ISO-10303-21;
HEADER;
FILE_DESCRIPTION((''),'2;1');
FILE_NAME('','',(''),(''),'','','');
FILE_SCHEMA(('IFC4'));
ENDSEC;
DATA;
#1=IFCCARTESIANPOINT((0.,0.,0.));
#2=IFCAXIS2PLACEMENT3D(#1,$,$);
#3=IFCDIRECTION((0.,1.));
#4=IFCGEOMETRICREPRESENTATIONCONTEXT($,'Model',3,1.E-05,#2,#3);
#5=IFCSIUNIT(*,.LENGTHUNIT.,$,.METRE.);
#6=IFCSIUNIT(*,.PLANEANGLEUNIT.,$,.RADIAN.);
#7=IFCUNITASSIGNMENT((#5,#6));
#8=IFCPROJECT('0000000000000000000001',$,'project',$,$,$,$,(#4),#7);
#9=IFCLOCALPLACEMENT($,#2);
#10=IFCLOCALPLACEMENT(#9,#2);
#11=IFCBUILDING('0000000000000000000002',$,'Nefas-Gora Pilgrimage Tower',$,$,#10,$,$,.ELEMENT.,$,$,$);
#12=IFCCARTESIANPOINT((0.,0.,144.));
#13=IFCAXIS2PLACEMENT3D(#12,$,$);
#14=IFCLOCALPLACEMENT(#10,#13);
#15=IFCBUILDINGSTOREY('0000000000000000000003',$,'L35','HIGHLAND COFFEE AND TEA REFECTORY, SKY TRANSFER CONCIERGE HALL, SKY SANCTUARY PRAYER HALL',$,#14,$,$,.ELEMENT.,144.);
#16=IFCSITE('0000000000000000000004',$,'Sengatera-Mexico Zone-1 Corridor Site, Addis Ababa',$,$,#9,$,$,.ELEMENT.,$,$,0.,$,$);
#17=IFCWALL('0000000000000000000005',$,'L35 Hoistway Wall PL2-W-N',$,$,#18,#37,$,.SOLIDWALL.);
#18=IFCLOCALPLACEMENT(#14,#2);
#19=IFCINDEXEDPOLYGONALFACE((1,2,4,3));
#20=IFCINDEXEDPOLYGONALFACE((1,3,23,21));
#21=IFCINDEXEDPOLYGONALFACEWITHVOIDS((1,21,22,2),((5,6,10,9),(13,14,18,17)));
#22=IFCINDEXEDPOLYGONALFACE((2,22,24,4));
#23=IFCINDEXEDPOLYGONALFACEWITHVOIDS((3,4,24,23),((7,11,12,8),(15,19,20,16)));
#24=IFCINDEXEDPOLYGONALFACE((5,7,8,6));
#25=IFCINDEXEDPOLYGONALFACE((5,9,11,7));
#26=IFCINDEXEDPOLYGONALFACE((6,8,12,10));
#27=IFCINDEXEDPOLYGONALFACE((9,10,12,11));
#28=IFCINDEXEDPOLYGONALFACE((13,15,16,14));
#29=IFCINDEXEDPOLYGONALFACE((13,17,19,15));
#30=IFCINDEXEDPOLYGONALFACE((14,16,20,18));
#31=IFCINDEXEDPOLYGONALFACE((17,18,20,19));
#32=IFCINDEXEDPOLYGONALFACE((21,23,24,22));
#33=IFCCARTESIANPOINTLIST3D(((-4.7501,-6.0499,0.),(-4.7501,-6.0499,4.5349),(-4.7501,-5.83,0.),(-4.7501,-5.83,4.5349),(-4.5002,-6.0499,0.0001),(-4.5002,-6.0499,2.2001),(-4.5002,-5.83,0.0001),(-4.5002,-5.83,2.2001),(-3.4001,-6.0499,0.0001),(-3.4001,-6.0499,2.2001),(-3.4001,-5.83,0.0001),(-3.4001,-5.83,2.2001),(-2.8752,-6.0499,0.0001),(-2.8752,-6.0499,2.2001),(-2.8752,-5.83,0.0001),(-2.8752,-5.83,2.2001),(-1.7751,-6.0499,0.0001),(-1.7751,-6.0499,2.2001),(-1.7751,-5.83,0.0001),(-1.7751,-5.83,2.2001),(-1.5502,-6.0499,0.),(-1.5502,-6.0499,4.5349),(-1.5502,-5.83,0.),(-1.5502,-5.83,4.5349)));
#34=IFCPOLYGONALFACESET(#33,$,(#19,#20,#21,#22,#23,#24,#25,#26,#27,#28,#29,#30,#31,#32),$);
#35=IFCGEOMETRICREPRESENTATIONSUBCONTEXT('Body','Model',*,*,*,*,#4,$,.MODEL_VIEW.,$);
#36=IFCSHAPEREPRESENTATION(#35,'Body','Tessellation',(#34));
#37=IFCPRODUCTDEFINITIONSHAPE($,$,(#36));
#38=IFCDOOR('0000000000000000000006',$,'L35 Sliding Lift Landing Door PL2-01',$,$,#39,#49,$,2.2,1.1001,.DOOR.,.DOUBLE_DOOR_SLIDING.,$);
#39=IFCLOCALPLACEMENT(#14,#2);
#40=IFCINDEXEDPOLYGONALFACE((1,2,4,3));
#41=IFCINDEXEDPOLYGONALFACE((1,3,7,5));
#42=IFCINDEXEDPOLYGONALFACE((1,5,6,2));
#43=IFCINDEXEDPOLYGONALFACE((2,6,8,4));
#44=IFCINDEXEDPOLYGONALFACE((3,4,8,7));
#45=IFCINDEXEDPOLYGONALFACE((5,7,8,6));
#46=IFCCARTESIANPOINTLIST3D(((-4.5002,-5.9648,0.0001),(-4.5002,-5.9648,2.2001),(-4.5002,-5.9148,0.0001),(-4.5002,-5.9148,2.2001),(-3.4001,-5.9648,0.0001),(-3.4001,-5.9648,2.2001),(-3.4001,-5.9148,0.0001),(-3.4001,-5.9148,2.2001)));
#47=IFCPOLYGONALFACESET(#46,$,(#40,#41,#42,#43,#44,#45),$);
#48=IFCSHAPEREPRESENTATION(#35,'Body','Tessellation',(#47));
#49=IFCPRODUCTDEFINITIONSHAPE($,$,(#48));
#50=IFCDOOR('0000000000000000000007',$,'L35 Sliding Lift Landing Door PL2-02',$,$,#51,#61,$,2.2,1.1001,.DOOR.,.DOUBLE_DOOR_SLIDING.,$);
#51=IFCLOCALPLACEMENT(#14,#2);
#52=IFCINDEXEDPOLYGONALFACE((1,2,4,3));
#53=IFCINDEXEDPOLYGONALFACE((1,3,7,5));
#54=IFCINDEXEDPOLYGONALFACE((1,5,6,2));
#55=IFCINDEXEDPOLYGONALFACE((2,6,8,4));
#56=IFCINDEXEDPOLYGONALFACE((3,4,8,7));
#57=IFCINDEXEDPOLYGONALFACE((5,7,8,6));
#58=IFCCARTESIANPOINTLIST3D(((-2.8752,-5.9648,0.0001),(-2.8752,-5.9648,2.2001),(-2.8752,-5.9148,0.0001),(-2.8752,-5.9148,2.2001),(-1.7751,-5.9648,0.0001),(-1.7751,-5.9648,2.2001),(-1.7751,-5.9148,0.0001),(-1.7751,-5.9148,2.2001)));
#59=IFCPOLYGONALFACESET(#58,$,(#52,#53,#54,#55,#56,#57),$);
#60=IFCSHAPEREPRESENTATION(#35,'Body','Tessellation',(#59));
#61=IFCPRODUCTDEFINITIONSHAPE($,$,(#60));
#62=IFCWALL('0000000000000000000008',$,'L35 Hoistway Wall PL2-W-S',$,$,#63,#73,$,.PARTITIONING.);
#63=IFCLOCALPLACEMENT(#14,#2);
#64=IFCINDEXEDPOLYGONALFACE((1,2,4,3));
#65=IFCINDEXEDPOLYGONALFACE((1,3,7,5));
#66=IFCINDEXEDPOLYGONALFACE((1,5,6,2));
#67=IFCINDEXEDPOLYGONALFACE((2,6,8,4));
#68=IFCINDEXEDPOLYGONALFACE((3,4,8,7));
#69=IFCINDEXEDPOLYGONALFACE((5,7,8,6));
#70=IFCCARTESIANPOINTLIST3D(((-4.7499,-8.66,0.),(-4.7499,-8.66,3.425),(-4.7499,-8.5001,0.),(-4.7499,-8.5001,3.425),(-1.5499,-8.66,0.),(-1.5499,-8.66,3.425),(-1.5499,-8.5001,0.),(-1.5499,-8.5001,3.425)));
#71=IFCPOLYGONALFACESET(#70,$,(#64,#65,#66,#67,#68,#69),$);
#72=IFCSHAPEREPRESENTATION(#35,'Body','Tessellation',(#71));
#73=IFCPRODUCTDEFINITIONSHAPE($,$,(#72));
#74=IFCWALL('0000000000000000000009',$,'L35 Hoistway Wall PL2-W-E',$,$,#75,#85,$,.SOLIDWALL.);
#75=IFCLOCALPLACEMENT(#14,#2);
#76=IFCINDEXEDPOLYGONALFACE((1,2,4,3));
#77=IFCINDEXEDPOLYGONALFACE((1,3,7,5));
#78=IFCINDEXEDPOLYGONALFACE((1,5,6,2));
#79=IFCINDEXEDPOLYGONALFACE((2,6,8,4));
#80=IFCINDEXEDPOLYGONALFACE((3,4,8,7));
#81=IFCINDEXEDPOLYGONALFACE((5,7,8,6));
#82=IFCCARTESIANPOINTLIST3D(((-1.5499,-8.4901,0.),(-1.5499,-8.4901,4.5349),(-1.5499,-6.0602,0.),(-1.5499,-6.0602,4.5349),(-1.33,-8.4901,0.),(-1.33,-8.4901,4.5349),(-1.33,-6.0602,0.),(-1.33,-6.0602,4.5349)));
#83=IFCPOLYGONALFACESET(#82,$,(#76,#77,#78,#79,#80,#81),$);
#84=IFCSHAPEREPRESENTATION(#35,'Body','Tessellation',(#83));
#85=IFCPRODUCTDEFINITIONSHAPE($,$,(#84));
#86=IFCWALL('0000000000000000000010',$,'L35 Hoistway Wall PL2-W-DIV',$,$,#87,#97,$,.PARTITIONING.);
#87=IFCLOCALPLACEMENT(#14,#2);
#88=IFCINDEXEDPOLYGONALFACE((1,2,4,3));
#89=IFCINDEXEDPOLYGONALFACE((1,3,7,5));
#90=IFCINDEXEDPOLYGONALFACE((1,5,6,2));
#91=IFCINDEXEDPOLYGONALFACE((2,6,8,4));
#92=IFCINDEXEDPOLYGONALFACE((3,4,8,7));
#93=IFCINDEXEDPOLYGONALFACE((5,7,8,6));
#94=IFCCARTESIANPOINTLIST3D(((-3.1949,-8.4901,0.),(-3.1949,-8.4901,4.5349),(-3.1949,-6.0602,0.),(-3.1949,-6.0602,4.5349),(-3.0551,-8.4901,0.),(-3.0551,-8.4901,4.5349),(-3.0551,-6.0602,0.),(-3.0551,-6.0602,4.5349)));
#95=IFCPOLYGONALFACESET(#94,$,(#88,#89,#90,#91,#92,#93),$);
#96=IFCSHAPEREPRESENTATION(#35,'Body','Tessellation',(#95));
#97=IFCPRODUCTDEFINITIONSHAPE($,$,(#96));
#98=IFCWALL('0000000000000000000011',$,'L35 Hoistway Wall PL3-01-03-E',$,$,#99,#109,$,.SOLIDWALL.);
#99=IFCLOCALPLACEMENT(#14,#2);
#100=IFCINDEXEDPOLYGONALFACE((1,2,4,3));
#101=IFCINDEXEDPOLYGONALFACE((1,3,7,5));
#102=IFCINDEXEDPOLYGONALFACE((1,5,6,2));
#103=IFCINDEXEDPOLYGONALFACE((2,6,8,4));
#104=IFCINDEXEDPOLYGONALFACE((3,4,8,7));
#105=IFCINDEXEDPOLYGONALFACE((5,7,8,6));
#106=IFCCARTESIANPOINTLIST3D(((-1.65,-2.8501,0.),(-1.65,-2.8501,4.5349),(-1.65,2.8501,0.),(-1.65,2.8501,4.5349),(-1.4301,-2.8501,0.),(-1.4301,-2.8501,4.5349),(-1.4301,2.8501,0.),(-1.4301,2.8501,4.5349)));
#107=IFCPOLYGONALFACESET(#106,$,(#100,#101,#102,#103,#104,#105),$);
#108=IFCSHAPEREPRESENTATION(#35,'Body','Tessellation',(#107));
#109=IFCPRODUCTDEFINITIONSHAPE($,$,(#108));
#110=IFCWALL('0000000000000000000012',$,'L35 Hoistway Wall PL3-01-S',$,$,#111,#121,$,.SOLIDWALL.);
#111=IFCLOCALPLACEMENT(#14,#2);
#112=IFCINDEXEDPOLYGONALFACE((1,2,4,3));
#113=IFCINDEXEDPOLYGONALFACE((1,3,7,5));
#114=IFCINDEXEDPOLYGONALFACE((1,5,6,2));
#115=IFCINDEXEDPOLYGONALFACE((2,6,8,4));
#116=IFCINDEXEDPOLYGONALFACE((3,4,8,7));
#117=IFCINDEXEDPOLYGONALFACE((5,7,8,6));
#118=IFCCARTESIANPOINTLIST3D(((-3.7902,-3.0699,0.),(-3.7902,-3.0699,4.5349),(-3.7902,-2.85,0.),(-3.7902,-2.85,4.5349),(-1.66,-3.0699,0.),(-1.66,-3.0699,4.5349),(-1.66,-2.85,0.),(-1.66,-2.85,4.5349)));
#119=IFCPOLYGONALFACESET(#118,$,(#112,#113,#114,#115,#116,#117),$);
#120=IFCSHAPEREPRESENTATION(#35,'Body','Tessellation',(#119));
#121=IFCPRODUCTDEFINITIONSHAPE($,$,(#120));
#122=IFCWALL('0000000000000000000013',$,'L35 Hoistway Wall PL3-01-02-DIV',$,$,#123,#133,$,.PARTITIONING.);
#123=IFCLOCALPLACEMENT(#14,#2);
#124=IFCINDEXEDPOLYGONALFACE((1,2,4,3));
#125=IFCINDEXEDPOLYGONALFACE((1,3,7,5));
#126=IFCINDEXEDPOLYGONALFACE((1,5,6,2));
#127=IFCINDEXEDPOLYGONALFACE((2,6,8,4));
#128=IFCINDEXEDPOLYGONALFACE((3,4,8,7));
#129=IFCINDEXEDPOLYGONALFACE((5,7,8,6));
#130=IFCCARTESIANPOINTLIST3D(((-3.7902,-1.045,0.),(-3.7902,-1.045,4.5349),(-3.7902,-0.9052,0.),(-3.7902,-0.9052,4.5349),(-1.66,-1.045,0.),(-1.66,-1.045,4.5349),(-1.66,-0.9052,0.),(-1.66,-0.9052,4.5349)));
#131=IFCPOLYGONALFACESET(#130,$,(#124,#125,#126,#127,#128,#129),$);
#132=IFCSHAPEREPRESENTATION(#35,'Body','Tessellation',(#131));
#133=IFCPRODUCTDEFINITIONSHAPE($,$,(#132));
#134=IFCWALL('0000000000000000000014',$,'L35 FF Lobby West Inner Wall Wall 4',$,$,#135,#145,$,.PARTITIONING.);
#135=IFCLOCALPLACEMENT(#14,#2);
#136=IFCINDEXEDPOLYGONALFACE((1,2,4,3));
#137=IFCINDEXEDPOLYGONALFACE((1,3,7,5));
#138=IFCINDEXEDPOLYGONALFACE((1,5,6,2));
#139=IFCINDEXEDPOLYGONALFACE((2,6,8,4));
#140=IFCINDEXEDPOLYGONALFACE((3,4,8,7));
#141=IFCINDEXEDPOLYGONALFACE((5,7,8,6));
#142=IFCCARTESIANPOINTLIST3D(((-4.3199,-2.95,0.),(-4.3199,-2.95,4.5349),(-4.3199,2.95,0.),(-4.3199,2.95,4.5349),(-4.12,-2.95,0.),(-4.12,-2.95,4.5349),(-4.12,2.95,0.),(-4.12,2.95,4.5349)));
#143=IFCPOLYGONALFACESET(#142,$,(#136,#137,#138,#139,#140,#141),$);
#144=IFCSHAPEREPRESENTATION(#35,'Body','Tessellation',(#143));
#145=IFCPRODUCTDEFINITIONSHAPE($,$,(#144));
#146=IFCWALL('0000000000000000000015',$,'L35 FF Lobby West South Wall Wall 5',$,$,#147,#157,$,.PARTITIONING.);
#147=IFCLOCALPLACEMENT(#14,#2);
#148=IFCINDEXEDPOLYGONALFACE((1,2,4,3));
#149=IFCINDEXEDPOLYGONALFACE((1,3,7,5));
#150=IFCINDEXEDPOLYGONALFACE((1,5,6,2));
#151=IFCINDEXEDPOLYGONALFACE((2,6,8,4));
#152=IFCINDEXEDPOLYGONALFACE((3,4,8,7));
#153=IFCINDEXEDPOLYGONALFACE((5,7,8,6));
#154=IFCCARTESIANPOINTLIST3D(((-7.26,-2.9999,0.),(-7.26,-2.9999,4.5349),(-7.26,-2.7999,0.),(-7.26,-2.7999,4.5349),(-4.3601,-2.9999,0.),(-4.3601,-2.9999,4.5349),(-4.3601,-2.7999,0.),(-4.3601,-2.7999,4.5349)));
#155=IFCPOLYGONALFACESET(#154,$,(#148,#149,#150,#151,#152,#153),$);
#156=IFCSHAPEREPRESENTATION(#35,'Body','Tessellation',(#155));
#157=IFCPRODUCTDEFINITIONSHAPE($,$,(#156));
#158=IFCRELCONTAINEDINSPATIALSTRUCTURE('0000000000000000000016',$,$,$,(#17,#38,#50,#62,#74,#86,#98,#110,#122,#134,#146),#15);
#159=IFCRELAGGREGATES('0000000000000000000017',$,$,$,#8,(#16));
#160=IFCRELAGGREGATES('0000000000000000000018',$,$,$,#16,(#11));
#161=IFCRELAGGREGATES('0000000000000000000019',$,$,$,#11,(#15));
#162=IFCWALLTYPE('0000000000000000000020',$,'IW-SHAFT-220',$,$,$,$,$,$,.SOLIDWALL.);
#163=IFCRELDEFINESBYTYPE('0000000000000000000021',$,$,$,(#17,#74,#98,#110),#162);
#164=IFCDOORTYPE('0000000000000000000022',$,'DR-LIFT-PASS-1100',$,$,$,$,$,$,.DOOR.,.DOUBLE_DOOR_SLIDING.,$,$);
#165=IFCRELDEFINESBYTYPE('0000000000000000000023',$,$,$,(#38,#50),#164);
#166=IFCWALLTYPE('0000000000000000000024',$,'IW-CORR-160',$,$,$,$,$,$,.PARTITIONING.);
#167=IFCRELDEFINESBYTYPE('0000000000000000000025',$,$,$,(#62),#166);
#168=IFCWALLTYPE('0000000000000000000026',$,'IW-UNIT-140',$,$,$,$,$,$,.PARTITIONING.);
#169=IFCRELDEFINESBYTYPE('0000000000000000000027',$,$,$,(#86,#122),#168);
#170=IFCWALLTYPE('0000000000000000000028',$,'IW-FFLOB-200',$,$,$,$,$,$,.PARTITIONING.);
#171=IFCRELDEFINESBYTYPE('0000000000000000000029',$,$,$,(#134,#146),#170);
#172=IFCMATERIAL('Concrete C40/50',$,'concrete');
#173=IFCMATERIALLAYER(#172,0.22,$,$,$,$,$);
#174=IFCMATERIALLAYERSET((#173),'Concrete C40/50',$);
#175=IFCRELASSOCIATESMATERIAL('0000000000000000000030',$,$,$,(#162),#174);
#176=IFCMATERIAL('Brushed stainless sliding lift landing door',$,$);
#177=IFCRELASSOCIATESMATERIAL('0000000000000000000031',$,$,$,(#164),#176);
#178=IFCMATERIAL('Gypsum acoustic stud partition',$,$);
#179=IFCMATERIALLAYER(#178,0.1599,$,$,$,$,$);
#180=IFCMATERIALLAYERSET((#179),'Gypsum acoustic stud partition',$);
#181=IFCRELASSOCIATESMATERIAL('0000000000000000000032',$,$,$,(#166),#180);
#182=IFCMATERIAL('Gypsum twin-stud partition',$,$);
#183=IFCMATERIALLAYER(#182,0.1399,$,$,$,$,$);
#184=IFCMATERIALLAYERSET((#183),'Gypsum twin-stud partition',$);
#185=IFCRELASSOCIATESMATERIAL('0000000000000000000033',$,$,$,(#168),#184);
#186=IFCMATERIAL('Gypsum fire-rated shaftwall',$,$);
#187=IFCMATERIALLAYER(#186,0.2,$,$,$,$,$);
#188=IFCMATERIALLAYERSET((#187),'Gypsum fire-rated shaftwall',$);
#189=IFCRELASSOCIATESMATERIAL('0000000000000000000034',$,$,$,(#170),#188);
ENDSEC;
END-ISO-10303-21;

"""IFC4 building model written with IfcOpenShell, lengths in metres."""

from ifc_helpers import new_model, si_unit, direction, frame, frame_2d, origin, place, context, subcontext, project, spatial, rectangle, extrude, source, transform, mapped, material, layer, layer_set, type_object, element, fill, save


model = new_model("IFC4")

# Units and contexts
model_context = context("Model", 3, precision=1e-05, world=origin(), true_north=direction((0.0, 1.0)))
body_context = subcontext(model_context, "Body", "Model", "MODEL_VIEW")
ifc_project = project(units=[si_unit("LENGTHUNIT", "METRE"), si_unit("PLANEANGLEUNIT", "RADIAN")], contexts=[model_context])

# Site, building, storey
site_placement = place(None, origin())
site = spatial("IfcSite", under=ifc_project, at=site_placement, Name="Sengatera-Mexico Zone-1 Corridor Site, Addis Ababa", CompositionType="ELEMENT", RefElevation=0.0)
building_placement = place(site_placement, origin())
building = spatial("IfcBuilding", under=site, at=building_placement, Name="Nefas-Gora Pilgrimage Tower", CompositionType="ELEMENT")
storey_placement = place(building_placement, frame((0.0, 0.0, 144.0)))
storey = spatial("IfcBuildingStorey", under=building, at=storey_placement, Name="L35", Description="HIGHLAND COFFEE AND TEA REFECTORY, SKY TRANSFER CONCIERGE HALL, SKY SANCTUARY PRAYER HALL", CompositionType="ELEMENT", Elevation=144.0)

# Wall, openings, doors
ifc_material_1 = material(Name="Concrete C40/50", Category="concrete")
ifc_layer_1 = layer(ifc_material_1, 0.22)
ifc_layer_set_1 = layer_set([ifc_layer_1], Name="Concrete C40/50")
wall_type_1 = type_object("IfcWallType", Name="IW-SHAFT-220", PredefinedType="SOLIDWALL", material=ifc_layer_set_1)
shared_shape_1 = source(origin(), body_context, "Body", "SweptSolid", [
    extrude(rectangle(XDim=3.2, YDim=0.22, at=frame_2d((1.6001, 0.0))), origin(), (0.0, 0.0, 1.0), 4.5349),
])
wall_1_placement = place(storey_placement, frame((-1.55, -5.9399, 0.0), z_axis=(0.0, 0.0, 1.0), x_axis=(-1.0, 0.0, 0.0)))
wall_1 = element("IfcWall", 1, at=wall_1_placement, inside=storey, type_object=wall_type_1, Name="L35 Hoistway Wall PL2-W-N", PredefinedType="SOLIDWALL", context=body_context, shape_type="MappedRepresentation", body=[
    mapped(shared_shape_1, transform((0.0, 0.0, 0.0), x_axis=(1.0, 0.0, 0.0), y_axis=(0.0, 1.0, 0.0), z_axis=(0.0, 0.0, 1.0), scale=1.0)),
])
opening_1_placement = place(wall_1_placement, frame((1.8501, 0.0, 0.0)))
opening_1 = element("IfcOpeningElement", 2, at=opening_1_placement, cuts=wall_1, PredefinedType="OPENING", context=body_context, shape_type="SweptSolid", body=[
    extrude(rectangle(XDim=1.1001, YDim=2.2, at=frame_2d((0.55, 1.1001))), frame((0.0, 0.1199, 0.0), z_axis=(0.0, -1.0, 0.0), x_axis=(1.0, 0.0, 0.0)), (0.0, 0.0, 1.0), 0.24),
])
opening_2_placement = place(wall_1_placement, frame((0.2251, 0.0, 0.0)))
opening_2 = element("IfcOpeningElement", 3, at=opening_2_placement, cuts=wall_1, PredefinedType="OPENING", context=body_context, shape_type="SweptSolid", body=[
    extrude(rectangle(XDim=1.1001, YDim=2.2, at=frame_2d((0.55, 1.1001))), frame((0.0, 0.1199, 0.0), z_axis=(0.0, -1.0, 0.0), x_axis=(1.0, 0.0, 0.0)), (0.0, 0.0, 1.0), 0.24),
])
ifc_material_2 = material(Name="Brushed stainless sliding lift landing door")
door_type_1 = type_object("IfcDoorType", Name="DR-LIFT-PASS-1100", OperationType="DOUBLE_DOOR_SLIDING", PredefinedType="DOOR", material=ifc_material_2)
shared_shape_2 = source(origin(), body_context, "Body", "SweptSolid", [
    extrude(rectangle(XDim=1.1001, YDim=2.2, at=frame_2d((0.55, 1.1001))), frame((0.0, 0.0249, 0.0), z_axis=(0.0, -1.0, 0.0), x_axis=(1.0, 0.0, 0.0)), (0.0, 0.0, 1.0), 0.05),
])
door_1_placement = place(opening_1_placement, origin())
door_1 = element("IfcDoor", 4, at=door_1_placement, inside=storey, type_object=door_type_1, Name="L35 Sliding Lift Landing Door PL2-01", OperationType="DOUBLE_DOOR_SLIDING", OverallHeight=2.2, OverallWidth=1.1001, PredefinedType="DOOR", context=body_context, shape_type="MappedRepresentation", body=[
    mapped(shared_shape_2, transform((0.0, 0.0, 0.0), x_axis=(1.0, 0.0, 0.0), y_axis=(0.0, 1.0, 0.0), z_axis=(0.0, 0.0, 1.0), scale=1.0)),
])
fill(opening_1, door_1)
door_2_placement = place(opening_2_placement, origin())
door_2 = element("IfcDoor", 5, at=door_2_placement, inside=storey, type_object=door_type_1, Name="L35 Sliding Lift Landing Door PL2-02", OperationType="DOUBLE_DOOR_SLIDING", OverallHeight=2.2, OverallWidth=1.1001, PredefinedType="DOOR", context=body_context, shape_type="MappedRepresentation", body=[
    mapped(shared_shape_2, transform((0.0, 0.0, 0.0), x_axis=(1.0, 0.0, 0.0), y_axis=(0.0, 1.0, 0.0), z_axis=(0.0, 0.0, 1.0), scale=1.0)),
])
fill(opening_2, door_2)

# Walls
ifc_material_3 = material(Name="Gypsum acoustic stud partition")
ifc_layer_2 = layer(ifc_material_3, 0.1599)
ifc_layer_set_2 = layer_set([ifc_layer_2], Name="Gypsum acoustic stud partition")
wall_type_2 = type_object("IfcWallType", Name="IW-CORR-160", PredefinedType="PARTITIONING", material=ifc_layer_set_2)
shared_shape_3 = source(origin(), body_context, "Body", "SweptSolid", [
    extrude(rectangle(XDim=3.2, YDim=0.1599, at=frame_2d((1.6001, 0.0))), origin(), (0.0, 0.0, 1.0), 3.425),
])
wall_2_placement = place(storey_placement, frame((-4.75, -8.5801, 0.0), z_axis=(0.0, 0.0, 1.0), x_axis=(1.0, 0.0, 0.0)))
element("IfcWall", 6, at=wall_2_placement, inside=storey, type_object=wall_type_2, Name="L35 Hoistway Wall PL2-W-S", PredefinedType="PARTITIONING", context=body_context, shape_type="MappedRepresentation", body=[
    mapped(shared_shape_3, transform((0.0, 0.0, 0.0), x_axis=(1.0, 0.0, 0.0), y_axis=(0.0, 1.0, 0.0), z_axis=(0.0, 0.0, 1.0), scale=1.0)),
])
shared_shape_4 = source(origin(), body_context, "Body", "SweptSolid", [
    extrude(rectangle(XDim=2.4299, YDim=0.22, at=frame_2d((1.2148, 0.0))), origin(), (0.0, 0.0, 1.0), 4.5349),
])
for number, where, z_axis, x_axis, name in (
    (7, (-1.4399, -8.49, 0.0), (0.0, 0.0, 1.0), (0.0, 1.0, 0.0), "L35 Hoistway Wall PL2-W-E"),
):
    element("IfcWall", number, at=place(storey_placement, frame(where, z_axis=z_axis, x_axis=x_axis)), inside=storey, type_object=wall_type_1, Name=name, PredefinedType="SOLIDWALL", context=body_context, shape_type="MappedRepresentation", body=[
        mapped(shared_shape_4, transform((0.0, 0.0, 0.0), x_axis=(1.0, 0.0, 0.0), y_axis=(0.0, 1.0, 0.0), z_axis=(0.0, 0.0, 1.0), scale=1.0)),
    ])
ifc_material_4 = material(Name="Gypsum twin-stud partition")
ifc_layer_3 = layer(ifc_material_4, 0.1399)
ifc_layer_set_3 = layer_set([ifc_layer_3], Name="Gypsum twin-stud partition")
wall_type_3 = type_object("IfcWallType", Name="IW-UNIT-140", PredefinedType="PARTITIONING", material=ifc_layer_set_3)
shared_shape_5 = source(origin(), body_context, "Body", "SweptSolid", [
    extrude(rectangle(XDim=2.4299, YDim=0.1399, at=frame_2d((1.2148, 0.0))), origin(), (0.0, 0.0, 1.0), 4.5349),
])
wall_3_placement = place(storey_placement, frame((-3.125, -8.49, 0.0), z_axis=(0.0, 0.0, 1.0), x_axis=(0.0, 1.0, 0.0)))
element("IfcWall", 8, at=wall_3_placement, inside=storey, type_object=wall_type_3, Name="L35 Hoistway Wall PL2-W-DIV", PredefinedType="PARTITIONING", context=body_context, shape_type="MappedRepresentation", body=[
    mapped(shared_shape_5, transform((0.0, 0.0, 0.0), x_axis=(1.0, 0.0, 0.0), y_axis=(0.0, 1.0, 0.0), z_axis=(0.0, 0.0, 1.0), scale=1.0)),
])
shared_shape_6 = source(origin(), body_context, "Body", "SweptSolid", [
    extrude(rectangle(XDim=5.7002, YDim=0.22, at=frame_2d((2.8501, 0.0))), origin(), (0.0, 0.0, 1.0), 4.5349),
])
wall_4_placement = place(storey_placement, frame((-1.54, -2.8501, 0.0), z_axis=(0.0, 0.0, 1.0), x_axis=(0.0, 1.0, 0.0)))
element("IfcWall", 9, at=wall_4_placement, inside=storey, type_object=wall_type_1, Name="L35 Hoistway Wall PL3-01-03-E", PredefinedType="SOLIDWALL", context=body_context, shape_type="MappedRepresentation", body=[
    mapped(shared_shape_6, transform((0.0, 0.0, 0.0), x_axis=(1.0, 0.0, 0.0), y_axis=(0.0, 1.0, 0.0), z_axis=(0.0, 0.0, 1.0), scale=1.0)),
])
shared_shape_7 = source(origin(), body_context, "Body", "SweptSolid", [
    extrude(rectangle(XDim=2.1301, YDim=0.22, at=frame_2d((1.0649, 0.0))), origin(), (0.0, 0.0, 1.0), 4.5349),
])
wall_5_placement = place(storey_placement, frame((-3.79, -2.96, 0.0), z_axis=(0.0, 0.0, 1.0), x_axis=(1.0, 0.0, 0.0)))
element("IfcWall", 10, at=wall_5_placement, inside=storey, type_object=wall_type_1, Name="L35 Hoistway Wall PL3-01-S", PredefinedType="SOLIDWALL", context=body_context, shape_type="MappedRepresentation", body=[
    mapped(shared_shape_7, transform((0.0, 0.0, 0.0), x_axis=(1.0, 0.0, 0.0), y_axis=(0.0, 1.0, 0.0), z_axis=(0.0, 0.0, 1.0), scale=1.0)),
])
shared_shape_8 = source(origin(), body_context, "Body", "SweptSolid", [
    extrude(rectangle(XDim=2.1301, YDim=0.1399, at=frame_2d((1.0649, 0.0))), origin(), (0.0, 0.0, 1.0), 4.5349),
])
wall_6_placement = place(storey_placement, frame((-3.79, -0.9751, 0.0), z_axis=(0.0, 0.0, 1.0), x_axis=(1.0, 0.0, 0.0)))
element("IfcWall", 11, at=wall_6_placement, inside=storey, type_object=wall_type_3, Name="L35 Hoistway Wall PL3-01-02-DIV", PredefinedType="PARTITIONING", context=body_context, shape_type="MappedRepresentation", body=[
    mapped(shared_shape_8, transform((0.0, 0.0, 0.0), x_axis=(1.0, 0.0, 0.0), y_axis=(0.0, 1.0, 0.0), z_axis=(0.0, 0.0, 1.0), scale=1.0)),
])
ifc_material_5 = material(Name="Gypsum fire-rated shaftwall")
ifc_layer_4 = layer(ifc_material_5, 0.2)
ifc_layer_set_4 = layer_set([ifc_layer_4], Name="Gypsum fire-rated shaftwall")
wall_type_4 = type_object("IfcWallType", Name="IW-FFLOB-200", PredefinedType="PARTITIONING", material=ifc_layer_set_4)
shared_shape_9 = source(origin(), body_context, "Body", "SweptSolid", [
    extrude(rectangle(XDim=5.8999, YDim=0.2, at=frame_2d((2.95, 0.0))), origin(), (0.0, 0.0, 1.0), 4.5349),
])
wall_7_placement = place(storey_placement, frame((-4.22, -2.95, 0.0), z_axis=(0.0, 0.0, 1.0), x_axis=(0.0, 1.0, 0.0)))
element("IfcWall", 12, at=wall_7_placement, inside=storey, type_object=wall_type_4, Name="L35 FF Lobby West Inner Wall Wall 4", PredefinedType="PARTITIONING", context=body_context, shape_type="MappedRepresentation", body=[
    mapped(shared_shape_9, transform((0.0, 0.0, 0.0), x_axis=(1.0, 0.0, 0.0), y_axis=(0.0, 1.0, 0.0), z_axis=(0.0, 0.0, 1.0), scale=1.0)),
])
shared_shape_10 = source(origin(), body_context, "Body", "SweptSolid", [
    extrude(rectangle(XDim=2.8999, YDim=0.2, at=frame_2d((1.45, 0.0))), origin(), (0.0, 0.0, 1.0), 4.5349),
])
wall_8_placement = place(storey_placement, frame((-7.26, -2.8999, 0.0), z_axis=(0.0, 0.0, 1.0), x_axis=(1.0, 0.0, 0.0)))
element("IfcWall", 13, at=wall_8_placement, inside=storey, type_object=wall_type_4, Name="L35 FF Lobby West South Wall Wall 5", PredefinedType="PARTITIONING", context=body_context, shape_type="MappedRepresentation", body=[
    mapped(shared_shape_10, transform((0.0, 0.0, 0.0), x_axis=(1.0, 0.0, 0.0), y_axis=(0.0, 1.0, 0.0), z_axis=(0.0, 0.0, 1.0), scale=1.0)),
])

save(model, "model.ifc")
